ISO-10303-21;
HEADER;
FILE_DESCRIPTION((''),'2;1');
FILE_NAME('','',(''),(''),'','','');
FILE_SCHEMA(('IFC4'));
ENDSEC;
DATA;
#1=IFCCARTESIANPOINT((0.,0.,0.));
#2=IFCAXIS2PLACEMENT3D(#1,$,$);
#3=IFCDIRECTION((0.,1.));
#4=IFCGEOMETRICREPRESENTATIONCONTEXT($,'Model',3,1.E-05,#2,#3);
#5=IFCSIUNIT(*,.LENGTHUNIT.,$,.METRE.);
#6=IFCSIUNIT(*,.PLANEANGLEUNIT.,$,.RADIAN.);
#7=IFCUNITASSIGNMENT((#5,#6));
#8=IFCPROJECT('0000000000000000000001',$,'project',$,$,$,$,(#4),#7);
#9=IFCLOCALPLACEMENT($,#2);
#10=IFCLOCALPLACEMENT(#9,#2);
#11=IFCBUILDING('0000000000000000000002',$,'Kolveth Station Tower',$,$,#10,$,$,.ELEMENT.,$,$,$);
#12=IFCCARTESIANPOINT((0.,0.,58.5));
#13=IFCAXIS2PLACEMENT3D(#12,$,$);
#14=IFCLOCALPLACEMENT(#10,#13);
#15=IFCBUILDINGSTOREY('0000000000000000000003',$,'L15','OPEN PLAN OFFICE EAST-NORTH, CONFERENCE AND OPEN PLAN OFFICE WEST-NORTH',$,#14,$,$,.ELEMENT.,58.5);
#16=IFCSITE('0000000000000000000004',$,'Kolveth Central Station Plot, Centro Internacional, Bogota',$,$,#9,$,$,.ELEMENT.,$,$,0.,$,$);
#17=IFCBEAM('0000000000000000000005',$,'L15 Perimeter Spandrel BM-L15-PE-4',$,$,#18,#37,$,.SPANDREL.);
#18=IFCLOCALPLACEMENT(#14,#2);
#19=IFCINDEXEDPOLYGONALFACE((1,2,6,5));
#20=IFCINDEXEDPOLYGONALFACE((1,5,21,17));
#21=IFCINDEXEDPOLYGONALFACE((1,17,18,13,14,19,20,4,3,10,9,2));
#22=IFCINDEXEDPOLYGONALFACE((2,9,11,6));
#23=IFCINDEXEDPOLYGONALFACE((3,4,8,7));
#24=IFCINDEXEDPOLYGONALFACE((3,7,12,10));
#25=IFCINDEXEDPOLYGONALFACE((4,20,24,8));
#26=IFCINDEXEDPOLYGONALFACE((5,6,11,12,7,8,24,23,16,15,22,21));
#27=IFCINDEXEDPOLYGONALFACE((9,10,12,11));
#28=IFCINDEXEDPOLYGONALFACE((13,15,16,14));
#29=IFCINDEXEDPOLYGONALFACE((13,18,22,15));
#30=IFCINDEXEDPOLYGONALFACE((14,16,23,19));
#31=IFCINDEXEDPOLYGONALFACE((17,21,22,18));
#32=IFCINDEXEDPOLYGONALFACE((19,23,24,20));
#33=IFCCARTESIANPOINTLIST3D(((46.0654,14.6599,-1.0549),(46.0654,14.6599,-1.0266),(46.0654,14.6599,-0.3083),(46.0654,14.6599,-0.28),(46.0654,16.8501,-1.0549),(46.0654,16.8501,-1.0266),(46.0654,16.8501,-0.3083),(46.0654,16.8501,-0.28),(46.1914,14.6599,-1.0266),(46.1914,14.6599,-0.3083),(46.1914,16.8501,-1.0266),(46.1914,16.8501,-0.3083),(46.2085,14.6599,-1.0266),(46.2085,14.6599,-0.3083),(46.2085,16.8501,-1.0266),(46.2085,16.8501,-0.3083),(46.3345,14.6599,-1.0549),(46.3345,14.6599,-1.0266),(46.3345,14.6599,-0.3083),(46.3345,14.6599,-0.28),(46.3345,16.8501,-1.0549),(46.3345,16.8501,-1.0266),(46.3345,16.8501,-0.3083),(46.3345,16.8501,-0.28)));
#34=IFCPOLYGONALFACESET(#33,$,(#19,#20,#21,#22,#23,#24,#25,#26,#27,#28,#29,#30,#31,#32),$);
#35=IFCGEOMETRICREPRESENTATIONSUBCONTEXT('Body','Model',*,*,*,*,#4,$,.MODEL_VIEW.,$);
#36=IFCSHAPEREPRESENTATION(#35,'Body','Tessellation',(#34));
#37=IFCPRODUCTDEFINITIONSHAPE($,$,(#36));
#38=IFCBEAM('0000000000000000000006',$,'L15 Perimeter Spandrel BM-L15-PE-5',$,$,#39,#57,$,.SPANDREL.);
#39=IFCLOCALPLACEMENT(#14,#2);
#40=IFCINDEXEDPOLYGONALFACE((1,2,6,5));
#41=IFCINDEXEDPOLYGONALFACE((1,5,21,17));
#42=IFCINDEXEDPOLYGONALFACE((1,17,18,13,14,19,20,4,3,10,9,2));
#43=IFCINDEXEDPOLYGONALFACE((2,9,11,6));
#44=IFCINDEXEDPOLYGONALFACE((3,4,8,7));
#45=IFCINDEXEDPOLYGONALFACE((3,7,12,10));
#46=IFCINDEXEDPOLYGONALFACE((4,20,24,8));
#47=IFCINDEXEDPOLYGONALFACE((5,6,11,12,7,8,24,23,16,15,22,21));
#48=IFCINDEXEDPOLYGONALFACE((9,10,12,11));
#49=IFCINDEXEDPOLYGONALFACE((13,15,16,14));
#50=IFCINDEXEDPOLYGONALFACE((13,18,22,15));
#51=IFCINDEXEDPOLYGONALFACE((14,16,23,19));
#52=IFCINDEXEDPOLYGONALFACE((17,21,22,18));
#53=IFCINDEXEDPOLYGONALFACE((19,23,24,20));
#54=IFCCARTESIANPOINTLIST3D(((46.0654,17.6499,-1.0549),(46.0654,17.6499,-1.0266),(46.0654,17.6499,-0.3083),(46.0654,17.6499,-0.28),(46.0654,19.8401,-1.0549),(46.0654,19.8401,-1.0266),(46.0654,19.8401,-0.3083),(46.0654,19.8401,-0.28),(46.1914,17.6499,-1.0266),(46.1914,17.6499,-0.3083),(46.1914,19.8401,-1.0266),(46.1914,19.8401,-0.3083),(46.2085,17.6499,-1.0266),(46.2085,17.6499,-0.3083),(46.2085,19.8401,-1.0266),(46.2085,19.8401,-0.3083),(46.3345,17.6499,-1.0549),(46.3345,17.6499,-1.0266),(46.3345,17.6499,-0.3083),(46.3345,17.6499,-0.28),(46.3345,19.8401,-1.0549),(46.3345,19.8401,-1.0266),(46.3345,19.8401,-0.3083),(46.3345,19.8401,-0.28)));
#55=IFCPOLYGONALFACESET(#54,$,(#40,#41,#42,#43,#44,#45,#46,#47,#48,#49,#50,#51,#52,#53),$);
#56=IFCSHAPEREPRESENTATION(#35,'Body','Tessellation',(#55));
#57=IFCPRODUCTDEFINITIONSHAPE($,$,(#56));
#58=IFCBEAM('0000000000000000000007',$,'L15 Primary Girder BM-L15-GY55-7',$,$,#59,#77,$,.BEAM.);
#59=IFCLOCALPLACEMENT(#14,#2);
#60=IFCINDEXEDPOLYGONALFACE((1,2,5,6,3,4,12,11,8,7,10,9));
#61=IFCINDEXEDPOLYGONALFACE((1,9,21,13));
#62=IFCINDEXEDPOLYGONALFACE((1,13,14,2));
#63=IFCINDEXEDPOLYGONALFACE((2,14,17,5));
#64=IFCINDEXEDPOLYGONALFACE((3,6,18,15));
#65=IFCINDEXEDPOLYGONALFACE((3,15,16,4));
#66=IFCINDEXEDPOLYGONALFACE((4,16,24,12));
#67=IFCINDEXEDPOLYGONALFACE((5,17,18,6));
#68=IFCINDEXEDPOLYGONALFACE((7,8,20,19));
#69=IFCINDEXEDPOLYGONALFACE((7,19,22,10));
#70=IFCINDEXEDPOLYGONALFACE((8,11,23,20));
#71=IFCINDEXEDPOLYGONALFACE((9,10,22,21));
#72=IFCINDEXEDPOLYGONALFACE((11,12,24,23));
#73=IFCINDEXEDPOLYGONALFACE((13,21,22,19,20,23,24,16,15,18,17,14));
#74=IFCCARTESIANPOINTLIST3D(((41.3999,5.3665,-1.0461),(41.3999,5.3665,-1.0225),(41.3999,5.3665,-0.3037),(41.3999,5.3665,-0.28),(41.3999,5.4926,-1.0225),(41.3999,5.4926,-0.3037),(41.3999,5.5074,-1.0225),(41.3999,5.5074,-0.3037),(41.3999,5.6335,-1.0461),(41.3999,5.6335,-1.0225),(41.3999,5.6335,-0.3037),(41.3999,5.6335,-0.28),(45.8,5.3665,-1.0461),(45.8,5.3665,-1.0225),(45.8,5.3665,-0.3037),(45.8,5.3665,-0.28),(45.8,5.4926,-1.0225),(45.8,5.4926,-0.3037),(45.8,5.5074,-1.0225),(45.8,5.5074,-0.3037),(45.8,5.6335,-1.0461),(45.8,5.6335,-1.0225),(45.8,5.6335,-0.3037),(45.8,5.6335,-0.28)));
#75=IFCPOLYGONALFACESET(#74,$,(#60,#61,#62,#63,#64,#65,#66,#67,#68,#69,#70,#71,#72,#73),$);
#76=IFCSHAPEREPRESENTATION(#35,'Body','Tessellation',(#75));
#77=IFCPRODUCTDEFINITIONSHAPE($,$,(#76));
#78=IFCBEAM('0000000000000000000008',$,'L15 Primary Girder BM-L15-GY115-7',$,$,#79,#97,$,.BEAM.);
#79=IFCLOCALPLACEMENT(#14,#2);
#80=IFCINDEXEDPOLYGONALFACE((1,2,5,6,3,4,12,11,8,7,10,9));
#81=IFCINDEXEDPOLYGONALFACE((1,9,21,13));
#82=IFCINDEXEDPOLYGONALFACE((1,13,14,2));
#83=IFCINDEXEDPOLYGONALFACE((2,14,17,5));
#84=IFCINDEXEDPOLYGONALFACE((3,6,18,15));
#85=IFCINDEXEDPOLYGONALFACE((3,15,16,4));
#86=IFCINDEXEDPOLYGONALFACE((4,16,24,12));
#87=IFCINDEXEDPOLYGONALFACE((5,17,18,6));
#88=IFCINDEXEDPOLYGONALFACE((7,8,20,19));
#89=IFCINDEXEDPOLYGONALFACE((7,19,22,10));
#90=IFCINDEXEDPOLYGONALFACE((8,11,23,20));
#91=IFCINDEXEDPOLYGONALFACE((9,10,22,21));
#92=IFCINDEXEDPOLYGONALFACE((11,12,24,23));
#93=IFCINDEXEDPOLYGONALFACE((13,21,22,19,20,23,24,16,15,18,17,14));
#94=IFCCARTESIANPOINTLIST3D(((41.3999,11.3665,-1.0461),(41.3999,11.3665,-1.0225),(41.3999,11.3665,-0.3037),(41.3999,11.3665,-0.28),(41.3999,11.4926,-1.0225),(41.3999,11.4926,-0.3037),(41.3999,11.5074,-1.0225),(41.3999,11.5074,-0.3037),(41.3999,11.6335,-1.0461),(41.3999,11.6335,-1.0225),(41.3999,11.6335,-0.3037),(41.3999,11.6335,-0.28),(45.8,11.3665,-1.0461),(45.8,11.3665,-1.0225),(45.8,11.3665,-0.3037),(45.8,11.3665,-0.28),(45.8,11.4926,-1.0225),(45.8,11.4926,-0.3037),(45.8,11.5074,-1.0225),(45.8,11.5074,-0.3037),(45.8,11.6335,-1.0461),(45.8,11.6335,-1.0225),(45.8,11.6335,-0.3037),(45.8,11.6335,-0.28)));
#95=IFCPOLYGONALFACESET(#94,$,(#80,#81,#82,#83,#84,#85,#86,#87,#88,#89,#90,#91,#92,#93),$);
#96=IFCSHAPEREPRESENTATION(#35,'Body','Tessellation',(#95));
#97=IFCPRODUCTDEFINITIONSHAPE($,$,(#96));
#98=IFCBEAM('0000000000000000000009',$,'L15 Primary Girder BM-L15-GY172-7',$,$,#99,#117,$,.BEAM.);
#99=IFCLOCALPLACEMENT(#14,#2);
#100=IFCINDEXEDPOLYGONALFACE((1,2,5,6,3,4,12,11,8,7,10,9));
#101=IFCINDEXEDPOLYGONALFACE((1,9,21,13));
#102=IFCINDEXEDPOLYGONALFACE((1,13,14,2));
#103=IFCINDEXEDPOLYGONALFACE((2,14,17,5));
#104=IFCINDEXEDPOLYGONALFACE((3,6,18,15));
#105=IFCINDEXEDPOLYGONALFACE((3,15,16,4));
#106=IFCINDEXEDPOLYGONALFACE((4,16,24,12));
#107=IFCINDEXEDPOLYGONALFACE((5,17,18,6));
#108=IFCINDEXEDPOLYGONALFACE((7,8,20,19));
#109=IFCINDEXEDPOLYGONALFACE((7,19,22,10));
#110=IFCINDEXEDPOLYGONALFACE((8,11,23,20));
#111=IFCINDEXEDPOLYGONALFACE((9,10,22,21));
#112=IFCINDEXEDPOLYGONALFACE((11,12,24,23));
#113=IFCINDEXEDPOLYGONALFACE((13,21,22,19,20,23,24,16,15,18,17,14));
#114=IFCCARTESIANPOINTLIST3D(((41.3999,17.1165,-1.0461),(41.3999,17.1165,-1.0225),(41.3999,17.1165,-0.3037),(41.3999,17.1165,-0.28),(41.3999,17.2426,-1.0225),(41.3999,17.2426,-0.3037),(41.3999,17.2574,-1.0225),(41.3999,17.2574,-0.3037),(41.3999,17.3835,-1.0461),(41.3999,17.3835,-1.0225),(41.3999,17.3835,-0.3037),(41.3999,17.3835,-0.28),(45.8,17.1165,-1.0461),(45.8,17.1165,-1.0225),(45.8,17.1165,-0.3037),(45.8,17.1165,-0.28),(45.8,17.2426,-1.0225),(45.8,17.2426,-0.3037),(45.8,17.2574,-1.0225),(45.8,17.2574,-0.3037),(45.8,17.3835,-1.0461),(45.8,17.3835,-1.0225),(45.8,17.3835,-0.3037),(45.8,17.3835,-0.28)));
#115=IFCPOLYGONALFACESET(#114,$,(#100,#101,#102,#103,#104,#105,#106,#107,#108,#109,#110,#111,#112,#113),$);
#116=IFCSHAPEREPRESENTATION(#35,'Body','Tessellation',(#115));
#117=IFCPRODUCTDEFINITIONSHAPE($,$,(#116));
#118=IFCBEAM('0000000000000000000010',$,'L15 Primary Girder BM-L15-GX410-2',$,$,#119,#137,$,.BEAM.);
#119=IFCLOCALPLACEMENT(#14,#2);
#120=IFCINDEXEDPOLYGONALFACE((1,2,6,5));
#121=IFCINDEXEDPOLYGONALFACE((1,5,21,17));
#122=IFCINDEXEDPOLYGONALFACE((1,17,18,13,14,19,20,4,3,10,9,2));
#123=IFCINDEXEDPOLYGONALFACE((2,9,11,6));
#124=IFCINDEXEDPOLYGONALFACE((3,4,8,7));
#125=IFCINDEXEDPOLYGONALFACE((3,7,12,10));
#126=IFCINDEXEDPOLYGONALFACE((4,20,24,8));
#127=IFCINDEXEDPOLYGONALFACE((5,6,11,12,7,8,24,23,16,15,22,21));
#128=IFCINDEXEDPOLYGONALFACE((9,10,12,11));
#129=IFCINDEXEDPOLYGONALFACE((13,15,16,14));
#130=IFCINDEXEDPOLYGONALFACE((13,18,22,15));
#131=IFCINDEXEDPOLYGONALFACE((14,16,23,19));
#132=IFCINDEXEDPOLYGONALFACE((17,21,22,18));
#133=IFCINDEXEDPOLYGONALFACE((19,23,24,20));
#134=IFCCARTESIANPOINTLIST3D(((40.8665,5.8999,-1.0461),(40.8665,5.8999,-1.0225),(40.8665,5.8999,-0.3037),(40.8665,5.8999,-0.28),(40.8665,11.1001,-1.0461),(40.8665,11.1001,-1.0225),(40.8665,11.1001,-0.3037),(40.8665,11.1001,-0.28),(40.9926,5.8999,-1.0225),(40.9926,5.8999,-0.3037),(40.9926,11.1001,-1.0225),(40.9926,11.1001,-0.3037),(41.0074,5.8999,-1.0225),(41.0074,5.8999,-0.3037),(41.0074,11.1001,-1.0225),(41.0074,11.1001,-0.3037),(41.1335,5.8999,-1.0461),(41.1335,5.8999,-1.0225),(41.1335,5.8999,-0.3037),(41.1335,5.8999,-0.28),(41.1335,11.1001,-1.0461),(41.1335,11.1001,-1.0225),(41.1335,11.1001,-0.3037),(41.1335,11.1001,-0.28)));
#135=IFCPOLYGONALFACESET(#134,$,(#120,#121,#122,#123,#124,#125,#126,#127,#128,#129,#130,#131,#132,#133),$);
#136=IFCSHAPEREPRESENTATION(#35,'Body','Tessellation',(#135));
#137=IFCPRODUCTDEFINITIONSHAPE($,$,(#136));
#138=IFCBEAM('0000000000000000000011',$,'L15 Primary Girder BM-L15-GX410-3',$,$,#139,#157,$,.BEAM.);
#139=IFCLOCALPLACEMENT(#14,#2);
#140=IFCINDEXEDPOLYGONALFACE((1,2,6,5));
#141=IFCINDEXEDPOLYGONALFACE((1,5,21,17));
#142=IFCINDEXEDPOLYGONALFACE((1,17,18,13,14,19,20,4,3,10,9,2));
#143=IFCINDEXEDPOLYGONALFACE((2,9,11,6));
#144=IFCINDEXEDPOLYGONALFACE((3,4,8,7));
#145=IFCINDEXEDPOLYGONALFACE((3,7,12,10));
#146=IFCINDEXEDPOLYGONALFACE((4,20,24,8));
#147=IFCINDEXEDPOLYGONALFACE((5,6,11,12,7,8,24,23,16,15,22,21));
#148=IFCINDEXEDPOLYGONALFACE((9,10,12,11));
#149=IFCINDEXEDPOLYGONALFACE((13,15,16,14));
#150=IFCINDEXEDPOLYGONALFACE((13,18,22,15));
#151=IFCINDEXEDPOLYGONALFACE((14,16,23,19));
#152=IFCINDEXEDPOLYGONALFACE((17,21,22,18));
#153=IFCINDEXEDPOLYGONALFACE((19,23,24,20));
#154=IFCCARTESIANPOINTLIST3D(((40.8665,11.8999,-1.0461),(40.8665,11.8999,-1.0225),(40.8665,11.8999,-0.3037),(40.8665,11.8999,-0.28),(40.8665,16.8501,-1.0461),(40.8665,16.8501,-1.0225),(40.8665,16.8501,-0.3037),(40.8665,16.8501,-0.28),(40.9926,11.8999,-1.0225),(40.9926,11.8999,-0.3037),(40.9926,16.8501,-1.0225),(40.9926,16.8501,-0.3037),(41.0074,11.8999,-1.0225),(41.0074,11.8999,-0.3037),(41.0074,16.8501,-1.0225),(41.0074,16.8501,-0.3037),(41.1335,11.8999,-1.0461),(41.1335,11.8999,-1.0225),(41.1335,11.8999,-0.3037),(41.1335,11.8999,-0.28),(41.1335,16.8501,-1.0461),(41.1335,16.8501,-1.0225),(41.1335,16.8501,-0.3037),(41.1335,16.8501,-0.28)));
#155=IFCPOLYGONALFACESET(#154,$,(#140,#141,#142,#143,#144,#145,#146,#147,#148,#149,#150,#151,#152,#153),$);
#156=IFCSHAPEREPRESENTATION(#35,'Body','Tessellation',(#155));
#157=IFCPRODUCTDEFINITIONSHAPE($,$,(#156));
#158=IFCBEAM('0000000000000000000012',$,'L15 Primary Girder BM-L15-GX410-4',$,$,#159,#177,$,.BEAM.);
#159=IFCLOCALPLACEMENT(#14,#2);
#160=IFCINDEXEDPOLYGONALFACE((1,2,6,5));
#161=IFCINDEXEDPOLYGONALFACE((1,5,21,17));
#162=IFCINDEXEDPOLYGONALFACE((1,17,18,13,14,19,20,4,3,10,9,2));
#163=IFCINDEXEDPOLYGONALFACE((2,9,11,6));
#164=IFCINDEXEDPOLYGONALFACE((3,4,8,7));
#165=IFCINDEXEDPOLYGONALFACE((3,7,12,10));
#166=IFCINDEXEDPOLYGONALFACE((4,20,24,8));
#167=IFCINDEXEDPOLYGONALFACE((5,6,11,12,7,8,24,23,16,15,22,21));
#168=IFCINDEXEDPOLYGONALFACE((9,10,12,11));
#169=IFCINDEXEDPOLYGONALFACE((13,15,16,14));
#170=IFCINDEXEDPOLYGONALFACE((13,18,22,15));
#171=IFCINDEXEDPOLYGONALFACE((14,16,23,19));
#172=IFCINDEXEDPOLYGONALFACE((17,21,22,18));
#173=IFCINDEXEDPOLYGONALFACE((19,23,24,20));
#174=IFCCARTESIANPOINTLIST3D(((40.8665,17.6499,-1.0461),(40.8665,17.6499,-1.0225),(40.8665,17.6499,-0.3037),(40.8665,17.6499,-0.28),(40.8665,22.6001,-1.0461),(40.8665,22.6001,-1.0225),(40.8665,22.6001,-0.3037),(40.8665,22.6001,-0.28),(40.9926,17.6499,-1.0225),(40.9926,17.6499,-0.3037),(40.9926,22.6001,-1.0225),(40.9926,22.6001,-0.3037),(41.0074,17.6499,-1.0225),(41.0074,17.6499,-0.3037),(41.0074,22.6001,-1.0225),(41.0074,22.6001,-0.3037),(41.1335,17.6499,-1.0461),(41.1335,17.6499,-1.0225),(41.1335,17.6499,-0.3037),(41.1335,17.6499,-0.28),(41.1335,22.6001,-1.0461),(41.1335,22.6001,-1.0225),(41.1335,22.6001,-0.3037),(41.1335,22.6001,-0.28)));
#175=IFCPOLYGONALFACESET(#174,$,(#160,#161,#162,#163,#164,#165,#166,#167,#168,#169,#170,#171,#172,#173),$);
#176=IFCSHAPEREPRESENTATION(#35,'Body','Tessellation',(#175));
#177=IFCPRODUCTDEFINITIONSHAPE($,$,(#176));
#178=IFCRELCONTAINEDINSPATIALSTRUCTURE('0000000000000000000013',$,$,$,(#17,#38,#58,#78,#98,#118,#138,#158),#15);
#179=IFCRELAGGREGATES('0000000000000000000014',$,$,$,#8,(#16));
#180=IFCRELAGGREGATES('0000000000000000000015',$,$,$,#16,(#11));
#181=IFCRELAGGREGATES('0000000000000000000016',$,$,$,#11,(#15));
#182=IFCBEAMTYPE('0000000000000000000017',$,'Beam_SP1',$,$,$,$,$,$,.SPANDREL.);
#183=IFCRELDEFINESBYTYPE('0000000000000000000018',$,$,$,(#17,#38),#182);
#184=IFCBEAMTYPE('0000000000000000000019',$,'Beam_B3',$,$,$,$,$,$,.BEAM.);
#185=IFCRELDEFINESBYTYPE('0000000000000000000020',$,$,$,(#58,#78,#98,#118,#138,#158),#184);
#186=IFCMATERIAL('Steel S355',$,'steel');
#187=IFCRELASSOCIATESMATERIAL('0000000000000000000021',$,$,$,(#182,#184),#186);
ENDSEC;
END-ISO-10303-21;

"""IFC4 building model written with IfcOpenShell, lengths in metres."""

from ifc_helpers import new_model, si_unit, direction, frame, origin, origin_2d, place, context, subcontext, project, spatial, i_section, extrude, source, transform, mapped, material, material_profile, profile_set, type_object, element, save


model = new_model("IFC4")

# Units and contexts
model_context = context("Model", 3, precision=1e-05, world=origin(), true_north=direction((0.0, 1.0)))
body_context = subcontext(model_context, "Body", "Model", "MODEL_VIEW")
ifc_project = project(units=[si_unit("LENGTHUNIT", "METRE"), si_unit("PLANEANGLEUNIT", "RADIAN")], contexts=[model_context])

# Site, building, storey
site_placement = place(None, origin())
site = spatial("IfcSite", under=ifc_project, at=site_placement, Name="Kolveth Central Station Plot, Centro Internacional, Bogota", CompositionType="ELEMENT", RefElevation=0.0)
building_placement = place(site_placement, origin())
building = spatial("IfcBuilding", under=site, at=building_placement, Name="Kolveth Station Tower", CompositionType="ELEMENT")
storey_placement = place(building_placement, frame((0.0, 0.0, 58.5)))
storey = spatial("IfcBuildingStorey", under=building, at=storey_placement, Name="L15", Description="OPEN PLAN OFFICE EAST-NORTH, CONFERENCE AND OPEN PLAN OFFICE WEST-NORTH", CompositionType="ELEMENT", Elevation=58.5)

# Shared definitions
ifc_material_1 = material(Name="Steel S355", Category="steel")

# Beams
ifc_material_profile_1 = material_profile(ifc_material_1, i_section(OverallWidth=0.269, OverallDepth=0.7749, WebThickness=0.0171, FlangeThickness=0.0283, at=origin_2d()), Name="W760x220")
ifc_profile_set_1 = profile_set([ifc_material_profile_1], Name="Steel S355")
beam_type_1 = type_object("IfcBeamType", Name="Beam_SP1", PredefinedType="SPANDREL", material=ifc_profile_set_1)
shared_shape_1 = source(origin(), body_context, "Body", "SweptSolid", [
    extrude(i_section(OverallWidth=0.269, OverallDepth=0.7749, WebThickness=0.0171, FlangeThickness=0.0283, at=origin_2d()), origin(), (0.0, 0.0, 1.0), 2.1902),
])
for number, where, z_axis, x_axis, name in (
    (1, (46.2, 14.6599, -0.6675), (0.0, 1.0, 0.0), (-1.0, 0.0, 0.0), "L15 Perimeter Spandrel BM-L15-PE-4"),
    (2, (46.2, 17.6499, -0.6675), (0.0, 1.0, 0.0), (-1.0, 0.0, 0.0), "L15 Perimeter Spandrel BM-L15-PE-5"),
):
    element("IfcBeam", number, at=place(storey_placement, frame(where, z_axis=z_axis, x_axis=x_axis)), inside=storey, type_object=beam_type_1, Name=name, PredefinedType="SPANDREL", context=body_context, shape_type="MappedRepresentation", body=[
        mapped(shared_shape_1, transform((0.0, 0.0, 0.0), x_axis=(1.0, 0.0, 0.0), y_axis=(0.0, 1.0, 0.0), z_axis=(0.0, 0.0, 1.0), scale=1.0)),
    ])
ifc_material_profile_2 = material_profile(ifc_material_1, i_section(OverallWidth=0.2671, OverallDepth=0.7661, WebThickness=0.0149, FlangeThickness=0.0237, at=origin_2d()), Name="W760x185")
ifc_profile_set_2 = profile_set([ifc_material_profile_2], Name="Steel S355")
beam_type_2 = type_object("IfcBeamType", Name="Beam_B3", PredefinedType="BEAM", material=ifc_profile_set_2)
shared_shape_2 = source(origin(), body_context, "Body", "SweptSolid", [
    extrude(i_section(OverallWidth=0.2671, OverallDepth=0.7661, WebThickness=0.0149, FlangeThickness=0.0237, at=origin_2d()), origin(), (0.0, 0.0, 1.0), 4.4001),
])
for number, where, z_axis, x_axis, name in (
    (3, (41.3999, 5.5, -0.6631), (1.0, 0.0, 0.0), (0.0, 1.0, 0.0), "L15 Primary Girder BM-L15-GY55-7"),
    (4, (41.3999, 11.5, -0.6631), (1.0, 0.0, 0.0), (0.0, 1.0, 0.0), "L15 Primary Girder BM-L15-GY115-7"),
    (5, (41.3999, 17.25, -0.6631), (1.0, 0.0, 0.0), (0.0, 1.0, 0.0), "L15 Primary Girder BM-L15-GY172-7"),
):
    element("IfcBeam", number, at=place(storey_placement, frame(where, z_axis=z_axis, x_axis=x_axis)), inside=storey, type_object=beam_type_2, Name=name, PredefinedType="BEAM", context=body_context, shape_type="MappedRepresentation", body=[
        mapped(shared_shape_2, transform((0.0, 0.0, 0.0), x_axis=(1.0, 0.0, 0.0), y_axis=(0.0, 1.0, 0.0), z_axis=(0.0, 0.0, 1.0), scale=1.0)),
    ])
shared_shape_3 = source(origin(), body_context, "Body", "SweptSolid", [
    extrude(i_section(OverallWidth=0.2671, OverallDepth=0.7661, WebThickness=0.0149, FlangeThickness=0.0237, at=origin_2d()), origin(), (0.0, 0.0, 1.0), 5.2002),
])
beam_1_placement = place(storey_placement, frame((41.0, 5.8999, -0.6631), z_axis=(0.0, 1.0, 0.0), x_axis=(-1.0, 0.0, 0.0)))
element("IfcBeam", 6, at=beam_1_placement, inside=storey, type_object=beam_type_2, Name="L15 Primary Girder BM-L15-GX410-2", PredefinedType="BEAM", context=body_context, shape_type="MappedRepresentation", body=[
    mapped(shared_shape_3, transform((0.0, 0.0, 0.0), x_axis=(1.0, 0.0, 0.0), y_axis=(0.0, 1.0, 0.0), z_axis=(0.0, 0.0, 1.0), scale=1.0)),
])
shared_shape_4 = source(origin(), body_context, "Body", "SweptSolid", [
    extrude(i_section(OverallWidth=0.2671, OverallDepth=0.7661, WebThickness=0.0149, FlangeThickness=0.0237, at=origin_2d()), origin(), (0.0, 0.0, 1.0), 4.9502),
])
for number, where, z_axis, x_axis, name in (
    (7, (41.0, 11.8999, -0.6631), (0.0, 1.0, 0.0), (-1.0, 0.0, 0.0), "L15 Primary Girder BM-L15-GX410-3"),
    (8, (41.0, 17.6499, -0.6631), (0.0, 1.0, 0.0), (-1.0, 0.0, 0.0), "L15 Primary Girder BM-L15-GX410-4"),
):
    element("IfcBeam", number, at=place(storey_placement, frame(where, z_axis=z_axis, x_axis=x_axis)), inside=storey, type_object=beam_type_2, Name=name, PredefinedType="BEAM", context=body_context, shape_type="MappedRepresentation", body=[
        mapped(shared_shape_4, transform((0.0, 0.0, 0.0), x_axis=(1.0, 0.0, 0.0), y_axis=(0.0, 1.0, 0.0), z_axis=(0.0, 0.0, 1.0), scale=1.0)),
    ])

save(model, "model.ifc")
